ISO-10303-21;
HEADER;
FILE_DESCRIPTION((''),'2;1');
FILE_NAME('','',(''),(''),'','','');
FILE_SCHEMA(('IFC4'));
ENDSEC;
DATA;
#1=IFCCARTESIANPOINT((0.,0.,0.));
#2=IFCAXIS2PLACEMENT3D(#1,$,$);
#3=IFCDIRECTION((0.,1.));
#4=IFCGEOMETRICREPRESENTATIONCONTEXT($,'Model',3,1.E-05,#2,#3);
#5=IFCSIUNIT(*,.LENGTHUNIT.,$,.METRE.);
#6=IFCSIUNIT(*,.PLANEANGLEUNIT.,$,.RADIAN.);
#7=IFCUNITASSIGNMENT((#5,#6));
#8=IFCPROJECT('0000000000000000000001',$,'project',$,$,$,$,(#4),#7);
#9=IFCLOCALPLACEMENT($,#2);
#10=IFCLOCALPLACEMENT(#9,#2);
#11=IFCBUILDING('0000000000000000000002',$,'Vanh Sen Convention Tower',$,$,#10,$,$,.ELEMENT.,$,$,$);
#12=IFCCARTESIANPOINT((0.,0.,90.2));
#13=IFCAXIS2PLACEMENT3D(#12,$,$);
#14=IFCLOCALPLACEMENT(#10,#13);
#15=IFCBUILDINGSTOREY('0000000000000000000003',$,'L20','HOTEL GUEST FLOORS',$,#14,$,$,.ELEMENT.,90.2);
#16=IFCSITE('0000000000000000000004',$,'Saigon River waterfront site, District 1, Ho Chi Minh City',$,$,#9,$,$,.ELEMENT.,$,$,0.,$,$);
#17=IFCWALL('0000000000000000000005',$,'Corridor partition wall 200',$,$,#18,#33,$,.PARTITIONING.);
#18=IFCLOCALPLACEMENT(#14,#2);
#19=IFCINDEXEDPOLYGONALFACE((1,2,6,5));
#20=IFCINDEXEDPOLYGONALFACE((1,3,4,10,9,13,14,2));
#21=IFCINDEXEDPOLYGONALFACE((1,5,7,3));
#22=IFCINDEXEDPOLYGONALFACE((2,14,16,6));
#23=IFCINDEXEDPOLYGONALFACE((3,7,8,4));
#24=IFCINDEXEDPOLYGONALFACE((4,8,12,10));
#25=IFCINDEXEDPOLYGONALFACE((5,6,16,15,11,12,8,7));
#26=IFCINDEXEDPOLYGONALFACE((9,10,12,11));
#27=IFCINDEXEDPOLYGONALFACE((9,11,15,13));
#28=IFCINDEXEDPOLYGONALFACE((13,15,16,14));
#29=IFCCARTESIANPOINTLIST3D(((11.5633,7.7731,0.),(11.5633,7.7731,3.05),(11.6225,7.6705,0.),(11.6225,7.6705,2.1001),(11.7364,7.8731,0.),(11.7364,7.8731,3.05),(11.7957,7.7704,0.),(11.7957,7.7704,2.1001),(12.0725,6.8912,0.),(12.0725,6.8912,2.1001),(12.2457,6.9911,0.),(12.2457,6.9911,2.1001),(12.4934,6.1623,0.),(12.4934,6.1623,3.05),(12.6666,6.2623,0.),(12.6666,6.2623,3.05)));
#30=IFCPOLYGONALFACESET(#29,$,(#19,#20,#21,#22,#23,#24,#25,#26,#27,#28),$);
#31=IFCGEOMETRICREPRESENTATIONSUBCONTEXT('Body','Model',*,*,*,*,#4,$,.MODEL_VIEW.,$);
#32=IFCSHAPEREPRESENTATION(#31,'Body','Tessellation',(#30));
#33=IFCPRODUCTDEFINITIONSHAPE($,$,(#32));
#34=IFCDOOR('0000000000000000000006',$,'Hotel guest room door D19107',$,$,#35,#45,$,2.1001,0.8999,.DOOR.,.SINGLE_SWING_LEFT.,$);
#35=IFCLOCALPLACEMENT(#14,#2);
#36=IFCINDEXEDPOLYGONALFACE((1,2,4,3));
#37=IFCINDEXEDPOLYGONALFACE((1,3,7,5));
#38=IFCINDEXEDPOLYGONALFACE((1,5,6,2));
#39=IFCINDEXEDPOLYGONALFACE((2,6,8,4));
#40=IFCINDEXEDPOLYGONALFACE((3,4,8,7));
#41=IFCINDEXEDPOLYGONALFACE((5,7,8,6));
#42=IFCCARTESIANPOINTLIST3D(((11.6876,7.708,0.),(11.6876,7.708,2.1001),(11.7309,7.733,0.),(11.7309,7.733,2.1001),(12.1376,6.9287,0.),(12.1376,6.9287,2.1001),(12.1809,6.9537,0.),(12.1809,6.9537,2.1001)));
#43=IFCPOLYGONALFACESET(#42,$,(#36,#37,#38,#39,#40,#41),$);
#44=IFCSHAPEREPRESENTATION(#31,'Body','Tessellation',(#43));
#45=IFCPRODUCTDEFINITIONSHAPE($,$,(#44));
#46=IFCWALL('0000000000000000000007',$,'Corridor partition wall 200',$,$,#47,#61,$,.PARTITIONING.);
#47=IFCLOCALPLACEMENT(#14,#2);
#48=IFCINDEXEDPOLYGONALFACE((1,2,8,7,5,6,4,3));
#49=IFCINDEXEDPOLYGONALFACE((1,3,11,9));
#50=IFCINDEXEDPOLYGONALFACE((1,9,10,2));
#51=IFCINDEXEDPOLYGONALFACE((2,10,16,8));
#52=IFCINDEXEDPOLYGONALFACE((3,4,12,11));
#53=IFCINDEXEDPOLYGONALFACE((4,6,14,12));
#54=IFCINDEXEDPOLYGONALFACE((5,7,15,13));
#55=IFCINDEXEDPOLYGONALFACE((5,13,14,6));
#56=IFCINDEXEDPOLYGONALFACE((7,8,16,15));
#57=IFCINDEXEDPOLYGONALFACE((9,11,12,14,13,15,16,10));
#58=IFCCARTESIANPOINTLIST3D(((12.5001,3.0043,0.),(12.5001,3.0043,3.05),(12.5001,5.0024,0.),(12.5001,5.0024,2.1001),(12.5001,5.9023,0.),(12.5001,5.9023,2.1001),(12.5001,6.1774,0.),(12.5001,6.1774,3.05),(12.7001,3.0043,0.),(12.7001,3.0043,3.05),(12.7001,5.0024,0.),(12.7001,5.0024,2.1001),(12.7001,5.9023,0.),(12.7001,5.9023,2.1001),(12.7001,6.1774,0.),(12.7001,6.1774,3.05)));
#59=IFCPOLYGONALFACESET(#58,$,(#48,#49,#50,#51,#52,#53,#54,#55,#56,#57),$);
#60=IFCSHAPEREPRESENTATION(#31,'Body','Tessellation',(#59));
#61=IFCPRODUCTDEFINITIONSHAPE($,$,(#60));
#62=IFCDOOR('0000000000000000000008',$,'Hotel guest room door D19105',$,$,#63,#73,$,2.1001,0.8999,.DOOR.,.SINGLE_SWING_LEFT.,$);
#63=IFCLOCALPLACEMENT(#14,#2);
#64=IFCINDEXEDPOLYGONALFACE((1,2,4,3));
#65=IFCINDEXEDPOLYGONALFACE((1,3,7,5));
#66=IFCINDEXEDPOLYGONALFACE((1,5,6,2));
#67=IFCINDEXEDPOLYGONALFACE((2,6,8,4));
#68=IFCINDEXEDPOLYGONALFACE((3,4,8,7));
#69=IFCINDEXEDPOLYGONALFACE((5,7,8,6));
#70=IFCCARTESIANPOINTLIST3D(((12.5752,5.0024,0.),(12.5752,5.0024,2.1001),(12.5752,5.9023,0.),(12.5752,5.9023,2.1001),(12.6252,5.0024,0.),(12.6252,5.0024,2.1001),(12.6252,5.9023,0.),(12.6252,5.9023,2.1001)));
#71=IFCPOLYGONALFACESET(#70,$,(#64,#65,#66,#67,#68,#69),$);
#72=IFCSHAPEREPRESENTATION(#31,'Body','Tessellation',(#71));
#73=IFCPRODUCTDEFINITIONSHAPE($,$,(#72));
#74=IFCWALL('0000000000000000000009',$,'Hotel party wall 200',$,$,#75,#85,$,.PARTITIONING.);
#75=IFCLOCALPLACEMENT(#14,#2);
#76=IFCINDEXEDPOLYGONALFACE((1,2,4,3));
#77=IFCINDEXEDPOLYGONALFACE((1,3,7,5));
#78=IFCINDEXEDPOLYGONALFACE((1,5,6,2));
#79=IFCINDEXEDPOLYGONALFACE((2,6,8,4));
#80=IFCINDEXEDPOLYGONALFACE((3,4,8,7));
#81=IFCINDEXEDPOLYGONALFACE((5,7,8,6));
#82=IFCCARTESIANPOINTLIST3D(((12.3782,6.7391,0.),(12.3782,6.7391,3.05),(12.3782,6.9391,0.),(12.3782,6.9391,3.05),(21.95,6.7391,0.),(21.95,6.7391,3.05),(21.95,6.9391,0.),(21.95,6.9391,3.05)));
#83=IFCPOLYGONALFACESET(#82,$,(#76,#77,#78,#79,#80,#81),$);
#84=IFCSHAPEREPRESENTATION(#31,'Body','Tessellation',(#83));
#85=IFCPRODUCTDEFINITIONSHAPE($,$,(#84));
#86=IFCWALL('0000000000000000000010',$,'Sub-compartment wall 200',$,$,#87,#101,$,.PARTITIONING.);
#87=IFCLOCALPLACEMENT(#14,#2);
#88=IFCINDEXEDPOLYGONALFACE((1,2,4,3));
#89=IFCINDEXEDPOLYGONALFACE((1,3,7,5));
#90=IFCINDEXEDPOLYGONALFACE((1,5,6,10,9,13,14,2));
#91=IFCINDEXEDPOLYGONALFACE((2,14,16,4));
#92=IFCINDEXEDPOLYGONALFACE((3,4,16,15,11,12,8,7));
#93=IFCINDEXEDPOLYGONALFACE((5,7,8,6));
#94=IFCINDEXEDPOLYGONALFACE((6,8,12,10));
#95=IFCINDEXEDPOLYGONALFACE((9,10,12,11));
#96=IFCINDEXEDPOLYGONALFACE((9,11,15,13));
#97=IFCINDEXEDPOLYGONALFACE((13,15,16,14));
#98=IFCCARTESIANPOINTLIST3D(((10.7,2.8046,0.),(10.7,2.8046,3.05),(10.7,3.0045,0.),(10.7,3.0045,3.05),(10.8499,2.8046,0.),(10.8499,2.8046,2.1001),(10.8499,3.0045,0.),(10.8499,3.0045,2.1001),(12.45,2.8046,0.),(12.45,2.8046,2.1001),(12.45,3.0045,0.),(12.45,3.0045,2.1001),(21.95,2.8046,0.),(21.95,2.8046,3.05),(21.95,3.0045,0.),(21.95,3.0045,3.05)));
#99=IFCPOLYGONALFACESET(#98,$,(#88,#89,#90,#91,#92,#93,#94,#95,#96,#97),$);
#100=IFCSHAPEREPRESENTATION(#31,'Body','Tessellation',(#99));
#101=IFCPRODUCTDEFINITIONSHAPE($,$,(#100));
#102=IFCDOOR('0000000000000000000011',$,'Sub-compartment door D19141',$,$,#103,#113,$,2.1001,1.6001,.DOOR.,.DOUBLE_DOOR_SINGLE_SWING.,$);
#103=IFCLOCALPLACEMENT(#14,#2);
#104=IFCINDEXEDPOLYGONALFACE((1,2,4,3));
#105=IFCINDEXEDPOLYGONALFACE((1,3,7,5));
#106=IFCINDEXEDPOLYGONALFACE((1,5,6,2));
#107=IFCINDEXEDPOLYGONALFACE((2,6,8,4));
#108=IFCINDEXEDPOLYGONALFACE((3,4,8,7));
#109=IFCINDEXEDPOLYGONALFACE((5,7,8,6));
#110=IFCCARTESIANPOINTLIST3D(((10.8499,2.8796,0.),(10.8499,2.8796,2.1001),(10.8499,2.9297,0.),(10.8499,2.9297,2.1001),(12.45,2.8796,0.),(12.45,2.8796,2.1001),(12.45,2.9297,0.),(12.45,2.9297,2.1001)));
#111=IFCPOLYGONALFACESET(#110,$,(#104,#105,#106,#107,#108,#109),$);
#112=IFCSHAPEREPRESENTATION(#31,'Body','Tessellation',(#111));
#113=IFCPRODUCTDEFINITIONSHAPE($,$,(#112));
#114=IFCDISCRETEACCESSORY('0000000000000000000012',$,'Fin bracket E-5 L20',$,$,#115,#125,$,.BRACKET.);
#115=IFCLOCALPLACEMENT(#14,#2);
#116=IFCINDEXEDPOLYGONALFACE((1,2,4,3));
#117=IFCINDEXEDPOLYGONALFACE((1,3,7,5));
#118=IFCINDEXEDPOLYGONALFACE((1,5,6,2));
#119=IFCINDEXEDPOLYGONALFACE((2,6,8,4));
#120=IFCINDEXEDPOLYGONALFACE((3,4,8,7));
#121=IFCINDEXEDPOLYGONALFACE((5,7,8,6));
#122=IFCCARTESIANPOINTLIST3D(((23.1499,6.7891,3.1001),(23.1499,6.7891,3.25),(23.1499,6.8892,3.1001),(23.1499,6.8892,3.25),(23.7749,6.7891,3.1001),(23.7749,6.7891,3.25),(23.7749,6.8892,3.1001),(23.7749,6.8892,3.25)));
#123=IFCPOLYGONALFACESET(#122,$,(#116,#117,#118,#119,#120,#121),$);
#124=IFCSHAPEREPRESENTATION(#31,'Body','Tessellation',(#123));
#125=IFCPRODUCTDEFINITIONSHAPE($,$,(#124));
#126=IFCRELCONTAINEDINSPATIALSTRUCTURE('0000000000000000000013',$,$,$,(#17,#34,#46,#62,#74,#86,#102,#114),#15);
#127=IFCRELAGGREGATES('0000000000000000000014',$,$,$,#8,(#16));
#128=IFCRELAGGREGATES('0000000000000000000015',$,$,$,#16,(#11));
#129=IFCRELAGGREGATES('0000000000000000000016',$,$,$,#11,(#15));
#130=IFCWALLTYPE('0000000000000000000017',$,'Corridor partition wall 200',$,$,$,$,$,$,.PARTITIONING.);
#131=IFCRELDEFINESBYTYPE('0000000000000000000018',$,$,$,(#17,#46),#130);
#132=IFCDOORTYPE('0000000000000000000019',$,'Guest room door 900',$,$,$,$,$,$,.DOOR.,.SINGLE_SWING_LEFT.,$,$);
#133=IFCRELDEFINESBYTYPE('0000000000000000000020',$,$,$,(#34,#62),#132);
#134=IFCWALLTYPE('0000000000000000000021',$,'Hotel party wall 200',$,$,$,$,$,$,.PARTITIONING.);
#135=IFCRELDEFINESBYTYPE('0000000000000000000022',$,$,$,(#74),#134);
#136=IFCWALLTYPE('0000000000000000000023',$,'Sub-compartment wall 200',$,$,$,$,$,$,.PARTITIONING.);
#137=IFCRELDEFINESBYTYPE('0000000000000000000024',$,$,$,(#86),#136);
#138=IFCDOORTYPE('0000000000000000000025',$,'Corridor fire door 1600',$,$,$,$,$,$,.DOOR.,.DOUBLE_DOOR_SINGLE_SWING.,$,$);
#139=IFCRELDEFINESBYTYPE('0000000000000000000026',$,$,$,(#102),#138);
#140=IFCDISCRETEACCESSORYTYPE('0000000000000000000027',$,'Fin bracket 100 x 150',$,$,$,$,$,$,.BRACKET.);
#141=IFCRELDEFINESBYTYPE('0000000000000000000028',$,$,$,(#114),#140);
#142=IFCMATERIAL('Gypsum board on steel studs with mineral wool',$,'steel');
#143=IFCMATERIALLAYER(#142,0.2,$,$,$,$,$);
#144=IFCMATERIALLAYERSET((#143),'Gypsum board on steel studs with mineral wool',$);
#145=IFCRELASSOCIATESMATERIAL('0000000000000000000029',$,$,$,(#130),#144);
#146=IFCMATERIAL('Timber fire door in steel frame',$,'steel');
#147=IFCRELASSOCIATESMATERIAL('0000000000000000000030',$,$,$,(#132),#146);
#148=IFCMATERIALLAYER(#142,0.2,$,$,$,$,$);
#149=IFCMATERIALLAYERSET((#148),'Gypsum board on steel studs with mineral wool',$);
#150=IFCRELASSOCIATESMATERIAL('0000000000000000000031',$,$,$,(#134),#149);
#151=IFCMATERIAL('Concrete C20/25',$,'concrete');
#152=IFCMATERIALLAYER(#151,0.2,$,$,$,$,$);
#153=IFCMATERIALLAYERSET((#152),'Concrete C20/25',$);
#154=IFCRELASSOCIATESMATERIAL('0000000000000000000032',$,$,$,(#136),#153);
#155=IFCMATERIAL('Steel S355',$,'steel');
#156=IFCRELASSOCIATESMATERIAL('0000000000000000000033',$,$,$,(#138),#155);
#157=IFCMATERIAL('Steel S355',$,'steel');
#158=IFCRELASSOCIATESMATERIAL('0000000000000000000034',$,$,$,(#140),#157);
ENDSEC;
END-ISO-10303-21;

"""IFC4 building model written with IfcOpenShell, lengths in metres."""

from ifc_helpers import new_model, si_unit, direction, frame, frame_2d, origin, origin_2d, place, context, subcontext, project, spatial, rectangle, extrude, material, layer, layer_set, type_object, element, fill, save


model = new_model("IFC4")

# Units and contexts
model_context = context("Model", 3, precision=1e-05, world=origin(), true_north=direction((0.0, 1.0)))
body_context = subcontext(model_context, "Body", "Model", "MODEL_VIEW")
ifc_project = project(units=[si_unit("LENGTHUNIT", "METRE"), si_unit("PLANEANGLEUNIT", "RADIAN")], contexts=[model_context])

# Site, building, storey
site_placement = place(None, origin())
site = spatial("IfcSite", under=ifc_project, at=site_placement, Name="Saigon River waterfront site, District 1, Ho Chi Minh City", CompositionType="ELEMENT", RefElevation=0.0)
building_placement = place(site_placement, origin())
building = spatial("IfcBuilding", under=site, at=building_placement, Name="Vanh Sen Convention Tower", CompositionType="ELEMENT")
storey_placement = place(building_placement, frame((0.0, 0.0, 90.2)))
storey = spatial("IfcBuildingStorey", under=building, at=storey_placement, Name="L20", Description="HOTEL GUEST FLOORS", CompositionType="ELEMENT", Elevation=90.2)

# Walls, openings, doors
ifc_material_1 = material(Name="Gypsum board on steel studs with mineral wool", Category="steel")
ifc_layer_1 = layer(ifc_material_1, 0.2)
ifc_layer_set_1 = layer_set([ifc_layer_1], Name="Gypsum board on steel studs with mineral wool")
wall_type_1 = type_object("IfcWallType", Name="Corridor partition wall 200", PredefinedType="PARTITIONING", material=ifc_layer_set_1)
wall_1_placement = place(storey_placement, frame((12.5801, 6.2122, 0.0), z_axis=(0.0, 0.0, 1.0), x_axis=(-0.500063, 0.865989, 0.0)))
wall_1 = element("IfcWall", 1, at=wall_1_placement, inside=storey, type_object=wall_type_1, Name="Corridor partition wall 200", PredefinedType="PARTITIONING", context=body_context, shape_type="SweptSolid", body=[
    extrude(rectangle(XDim=1.8601, YDim=0.2, at=frame_2d((0.9302, 0.0))), origin(), (0.0, 0.0, 1.0), 3.05),
])
opening_1_placement = place(wall_1_placement, frame((0.8418, 0.0, 0.0)))
opening_1 = element("IfcOpeningElement", 2, at=opening_1_placement, cuts=wall_1, PredefinedType="OPENING", context=body_context, shape_type="SweptSolid", body=[
    extrude(rectangle(XDim=0.8999, YDim=2.1001, at=frame_2d((0.45, 1.05))), frame((0.0, 0.1099, 0.0), z_axis=(0.0, -1.0, 0.0), x_axis=(1.0, 0.0, 0.0)), (0.0, 0.0, 1.0), 0.22),
])
ifc_material_2 = material(Name="Timber fire door in steel frame", Category="steel")
door_type_1 = type_object("IfcDoorType", Name="Guest room door 900", OperationType="SINGLE_SWING_LEFT", PredefinedType="DOOR", material=ifc_material_2)
door_1_placement = place(opening_1_placement, origin())
door_1 = element("IfcDoor", 3, at=door_1_placement, inside=storey, type_object=door_type_1, Name="Hotel guest room door D19107", OperationType="SINGLE_SWING_LEFT", OverallHeight=2.1001, OverallWidth=0.8999, PredefinedType="DOOR", context=body_context, shape_type="SweptSolid", body=[
    extrude(rectangle(XDim=0.8999, YDim=2.1001, at=frame_2d((0.45, 1.05))), frame((0.0, 0.0249, 0.0), z_axis=(0.0, -1.0, 0.0), x_axis=(1.0, 0.0, 0.0)), (0.0, 0.0, 1.0), 0.05),
])
fill(opening_1, door_1)
wall_2_placement = place(storey_placement, frame((12.6001, 3.0044, 0.0), z_axis=(0.0, 0.0, 1.0), x_axis=(0.0, 1.0, 0.0)))
wall_2 = element("IfcWall", 4, at=wall_2_placement, inside=storey, type_object=wall_type_1, Name="Corridor partition wall 200", PredefinedType="PARTITIONING", context=body_context, shape_type="SweptSolid", body=[
    extrude(rectangle(XDim=3.1731, YDim=0.2, at=frame_2d((1.5864, 0.0))), origin(), (0.0, 0.0, 1.0), 3.05),
])
opening_2_placement = place(wall_2_placement, frame((1.998, 0.0, 0.0)))
opening_2 = element("IfcOpeningElement", 5, at=opening_2_placement, cuts=wall_2, PredefinedType="OPENING", context=body_context, shape_type="SweptSolid", body=[
    extrude(rectangle(XDim=0.8999, YDim=2.1001, at=frame_2d((0.45, 1.05))), frame((0.0, 0.1099, 0.0), z_axis=(0.0, -1.0, 0.0), x_axis=(1.0, 0.0, 0.0)), (0.0, 0.0, 1.0), 0.22),
])
door_2_placement = place(opening_2_placement, origin())
door_2 = element("IfcDoor", 6, at=door_2_placement, inside=storey, type_object=door_type_1, Name="Hotel guest room door D19105", OperationType="SINGLE_SWING_LEFT", OverallHeight=2.1001, OverallWidth=0.8999, PredefinedType="DOOR", context=body_context, shape_type="SweptSolid", body=[
    extrude(rectangle(XDim=0.8999, YDim=2.1001, at=frame_2d((0.45, 1.05))), frame((0.0, 0.0249, 0.0), z_axis=(0.0, -1.0, 0.0), x_axis=(1.0, 0.0, 0.0)), (0.0, 0.0, 1.0), 0.05),
])
fill(opening_2, door_2)

# Wall
ifc_layer_2 = layer(ifc_material_1, 0.2)
ifc_layer_set_2 = layer_set([ifc_layer_2], Name="Gypsum board on steel studs with mineral wool")
wall_type_2 = type_object("IfcWallType", Name="Hotel party wall 200", PredefinedType="PARTITIONING", material=ifc_layer_set_2)
wall_3_placement = place(storey_placement, frame((21.95, 6.8391, 0.0), z_axis=(0.0, 0.0, 1.0), x_axis=(-1.0, 0.0, 0.0)))
element("IfcWall", 7, at=wall_3_placement, inside=storey, type_object=wall_type_2, Name="Hotel party wall 200", PredefinedType="PARTITIONING", context=body_context, shape_type="SweptSolid", body=[
    extrude(rectangle(XDim=9.5718, YDim=0.2, at=frame_2d((4.7859, 0.0))), origin(), (0.0, 0.0, 1.0), 3.05),
])

# Wall, opening, door
ifc_material_3 = material(Name="Concrete C20/25", Category="concrete")
ifc_layer_3 = layer(ifc_material_3, 0.2)
ifc_layer_set_3 = layer_set([ifc_layer_3], Name="Concrete C20/25")
wall_type_3 = type_object("IfcWallType", Name="Sub-compartment wall 200", PredefinedType="PARTITIONING", material=ifc_layer_set_3)
wall_4_placement = place(storey_placement, frame((21.95, 2.9045, 0.0), z_axis=(0.0, 0.0, 1.0), x_axis=(-1.0, 0.0, 0.0)))
wall_4 = element("IfcWall", 8, at=wall_4_placement, inside=storey, type_object=wall_type_3, Name="Sub-compartment wall 200", PredefinedType="PARTITIONING", context=body_context, shape_type="SweptSolid", body=[
    extrude(rectangle(XDim=11.25, YDim=0.2, at=frame_2d((5.625, 0.0))), origin(), (0.0, 0.0, 1.0), 3.05),
])
opening_3_placement = place(wall_4_placement, frame((9.5, 0.0, 0.0)))
opening_3 = element("IfcOpeningElement", 9, at=opening_3_placement, cuts=wall_4, PredefinedType="OPENING", context=body_context, shape_type="SweptSolid", body=[
    extrude(rectangle(XDim=1.6001, YDim=2.1001, at=frame_2d((0.8, 1.05))), frame((0.0, 0.1099, 0.0), z_axis=(0.0, -1.0, 0.0), x_axis=(1.0, 0.0, 0.0)), (0.0, 0.0, 1.0), 0.22),
])
ifc_material_4 = material(Name="Steel S355", Category="steel")
door_type_2 = type_object("IfcDoorType", Name="Corridor fire door 1600", OperationType="DOUBLE_DOOR_SINGLE_SWING", PredefinedType="DOOR", material=ifc_material_4)
door_3_placement = place(opening_3_placement, origin())
door_3 = element("IfcDoor", 10, at=door_3_placement, inside=storey, type_object=door_type_2, Name="Sub-compartment door D19141", OperationType="DOUBLE_DOOR_SINGLE_SWING", OverallHeight=2.1001, OverallWidth=1.6001, PredefinedType="DOOR", context=body_context, shape_type="SweptSolid", body=[
    extrude(rectangle(XDim=1.6001, YDim=2.1001, at=frame_2d((0.8, 1.05))), frame((0.0, 0.0249, 0.0), z_axis=(0.0, -1.0, 0.0), x_axis=(1.0, 0.0, 0.0)), (0.0, 0.0, 1.0), 0.05),
])
fill(opening_3, door_3)

# Discrete accessory
ifc_material_5 = material(Name="Steel S355", Category="steel")
discrete_accessory_type = type_object("IfcDiscreteAccessoryType", Name="Fin bracket 100 x 150", PredefinedType="BRACKET", material=ifc_material_5)
discrete_accessory_placement = place(storey_placement, frame((23.4624, 6.8391, 3.1001), z_axis=(0.0, 0.0, 1.0), x_axis=(1.0, 0.0, 0.0)))
element("IfcDiscreteAccessory", 11, at=discrete_accessory_placement, inside=storey, type_object=discrete_accessory_type, Name="Fin bracket E-5 L20", PredefinedType="BRACKET", context=body_context, shape_type="SweptSolid", body=[
    extrude(rectangle(XDim=0.625, YDim=0.1001, at=origin_2d()), origin(), (0.0, 0.0, 1.0), 0.1499),
])

save(model, "model.ifc")
